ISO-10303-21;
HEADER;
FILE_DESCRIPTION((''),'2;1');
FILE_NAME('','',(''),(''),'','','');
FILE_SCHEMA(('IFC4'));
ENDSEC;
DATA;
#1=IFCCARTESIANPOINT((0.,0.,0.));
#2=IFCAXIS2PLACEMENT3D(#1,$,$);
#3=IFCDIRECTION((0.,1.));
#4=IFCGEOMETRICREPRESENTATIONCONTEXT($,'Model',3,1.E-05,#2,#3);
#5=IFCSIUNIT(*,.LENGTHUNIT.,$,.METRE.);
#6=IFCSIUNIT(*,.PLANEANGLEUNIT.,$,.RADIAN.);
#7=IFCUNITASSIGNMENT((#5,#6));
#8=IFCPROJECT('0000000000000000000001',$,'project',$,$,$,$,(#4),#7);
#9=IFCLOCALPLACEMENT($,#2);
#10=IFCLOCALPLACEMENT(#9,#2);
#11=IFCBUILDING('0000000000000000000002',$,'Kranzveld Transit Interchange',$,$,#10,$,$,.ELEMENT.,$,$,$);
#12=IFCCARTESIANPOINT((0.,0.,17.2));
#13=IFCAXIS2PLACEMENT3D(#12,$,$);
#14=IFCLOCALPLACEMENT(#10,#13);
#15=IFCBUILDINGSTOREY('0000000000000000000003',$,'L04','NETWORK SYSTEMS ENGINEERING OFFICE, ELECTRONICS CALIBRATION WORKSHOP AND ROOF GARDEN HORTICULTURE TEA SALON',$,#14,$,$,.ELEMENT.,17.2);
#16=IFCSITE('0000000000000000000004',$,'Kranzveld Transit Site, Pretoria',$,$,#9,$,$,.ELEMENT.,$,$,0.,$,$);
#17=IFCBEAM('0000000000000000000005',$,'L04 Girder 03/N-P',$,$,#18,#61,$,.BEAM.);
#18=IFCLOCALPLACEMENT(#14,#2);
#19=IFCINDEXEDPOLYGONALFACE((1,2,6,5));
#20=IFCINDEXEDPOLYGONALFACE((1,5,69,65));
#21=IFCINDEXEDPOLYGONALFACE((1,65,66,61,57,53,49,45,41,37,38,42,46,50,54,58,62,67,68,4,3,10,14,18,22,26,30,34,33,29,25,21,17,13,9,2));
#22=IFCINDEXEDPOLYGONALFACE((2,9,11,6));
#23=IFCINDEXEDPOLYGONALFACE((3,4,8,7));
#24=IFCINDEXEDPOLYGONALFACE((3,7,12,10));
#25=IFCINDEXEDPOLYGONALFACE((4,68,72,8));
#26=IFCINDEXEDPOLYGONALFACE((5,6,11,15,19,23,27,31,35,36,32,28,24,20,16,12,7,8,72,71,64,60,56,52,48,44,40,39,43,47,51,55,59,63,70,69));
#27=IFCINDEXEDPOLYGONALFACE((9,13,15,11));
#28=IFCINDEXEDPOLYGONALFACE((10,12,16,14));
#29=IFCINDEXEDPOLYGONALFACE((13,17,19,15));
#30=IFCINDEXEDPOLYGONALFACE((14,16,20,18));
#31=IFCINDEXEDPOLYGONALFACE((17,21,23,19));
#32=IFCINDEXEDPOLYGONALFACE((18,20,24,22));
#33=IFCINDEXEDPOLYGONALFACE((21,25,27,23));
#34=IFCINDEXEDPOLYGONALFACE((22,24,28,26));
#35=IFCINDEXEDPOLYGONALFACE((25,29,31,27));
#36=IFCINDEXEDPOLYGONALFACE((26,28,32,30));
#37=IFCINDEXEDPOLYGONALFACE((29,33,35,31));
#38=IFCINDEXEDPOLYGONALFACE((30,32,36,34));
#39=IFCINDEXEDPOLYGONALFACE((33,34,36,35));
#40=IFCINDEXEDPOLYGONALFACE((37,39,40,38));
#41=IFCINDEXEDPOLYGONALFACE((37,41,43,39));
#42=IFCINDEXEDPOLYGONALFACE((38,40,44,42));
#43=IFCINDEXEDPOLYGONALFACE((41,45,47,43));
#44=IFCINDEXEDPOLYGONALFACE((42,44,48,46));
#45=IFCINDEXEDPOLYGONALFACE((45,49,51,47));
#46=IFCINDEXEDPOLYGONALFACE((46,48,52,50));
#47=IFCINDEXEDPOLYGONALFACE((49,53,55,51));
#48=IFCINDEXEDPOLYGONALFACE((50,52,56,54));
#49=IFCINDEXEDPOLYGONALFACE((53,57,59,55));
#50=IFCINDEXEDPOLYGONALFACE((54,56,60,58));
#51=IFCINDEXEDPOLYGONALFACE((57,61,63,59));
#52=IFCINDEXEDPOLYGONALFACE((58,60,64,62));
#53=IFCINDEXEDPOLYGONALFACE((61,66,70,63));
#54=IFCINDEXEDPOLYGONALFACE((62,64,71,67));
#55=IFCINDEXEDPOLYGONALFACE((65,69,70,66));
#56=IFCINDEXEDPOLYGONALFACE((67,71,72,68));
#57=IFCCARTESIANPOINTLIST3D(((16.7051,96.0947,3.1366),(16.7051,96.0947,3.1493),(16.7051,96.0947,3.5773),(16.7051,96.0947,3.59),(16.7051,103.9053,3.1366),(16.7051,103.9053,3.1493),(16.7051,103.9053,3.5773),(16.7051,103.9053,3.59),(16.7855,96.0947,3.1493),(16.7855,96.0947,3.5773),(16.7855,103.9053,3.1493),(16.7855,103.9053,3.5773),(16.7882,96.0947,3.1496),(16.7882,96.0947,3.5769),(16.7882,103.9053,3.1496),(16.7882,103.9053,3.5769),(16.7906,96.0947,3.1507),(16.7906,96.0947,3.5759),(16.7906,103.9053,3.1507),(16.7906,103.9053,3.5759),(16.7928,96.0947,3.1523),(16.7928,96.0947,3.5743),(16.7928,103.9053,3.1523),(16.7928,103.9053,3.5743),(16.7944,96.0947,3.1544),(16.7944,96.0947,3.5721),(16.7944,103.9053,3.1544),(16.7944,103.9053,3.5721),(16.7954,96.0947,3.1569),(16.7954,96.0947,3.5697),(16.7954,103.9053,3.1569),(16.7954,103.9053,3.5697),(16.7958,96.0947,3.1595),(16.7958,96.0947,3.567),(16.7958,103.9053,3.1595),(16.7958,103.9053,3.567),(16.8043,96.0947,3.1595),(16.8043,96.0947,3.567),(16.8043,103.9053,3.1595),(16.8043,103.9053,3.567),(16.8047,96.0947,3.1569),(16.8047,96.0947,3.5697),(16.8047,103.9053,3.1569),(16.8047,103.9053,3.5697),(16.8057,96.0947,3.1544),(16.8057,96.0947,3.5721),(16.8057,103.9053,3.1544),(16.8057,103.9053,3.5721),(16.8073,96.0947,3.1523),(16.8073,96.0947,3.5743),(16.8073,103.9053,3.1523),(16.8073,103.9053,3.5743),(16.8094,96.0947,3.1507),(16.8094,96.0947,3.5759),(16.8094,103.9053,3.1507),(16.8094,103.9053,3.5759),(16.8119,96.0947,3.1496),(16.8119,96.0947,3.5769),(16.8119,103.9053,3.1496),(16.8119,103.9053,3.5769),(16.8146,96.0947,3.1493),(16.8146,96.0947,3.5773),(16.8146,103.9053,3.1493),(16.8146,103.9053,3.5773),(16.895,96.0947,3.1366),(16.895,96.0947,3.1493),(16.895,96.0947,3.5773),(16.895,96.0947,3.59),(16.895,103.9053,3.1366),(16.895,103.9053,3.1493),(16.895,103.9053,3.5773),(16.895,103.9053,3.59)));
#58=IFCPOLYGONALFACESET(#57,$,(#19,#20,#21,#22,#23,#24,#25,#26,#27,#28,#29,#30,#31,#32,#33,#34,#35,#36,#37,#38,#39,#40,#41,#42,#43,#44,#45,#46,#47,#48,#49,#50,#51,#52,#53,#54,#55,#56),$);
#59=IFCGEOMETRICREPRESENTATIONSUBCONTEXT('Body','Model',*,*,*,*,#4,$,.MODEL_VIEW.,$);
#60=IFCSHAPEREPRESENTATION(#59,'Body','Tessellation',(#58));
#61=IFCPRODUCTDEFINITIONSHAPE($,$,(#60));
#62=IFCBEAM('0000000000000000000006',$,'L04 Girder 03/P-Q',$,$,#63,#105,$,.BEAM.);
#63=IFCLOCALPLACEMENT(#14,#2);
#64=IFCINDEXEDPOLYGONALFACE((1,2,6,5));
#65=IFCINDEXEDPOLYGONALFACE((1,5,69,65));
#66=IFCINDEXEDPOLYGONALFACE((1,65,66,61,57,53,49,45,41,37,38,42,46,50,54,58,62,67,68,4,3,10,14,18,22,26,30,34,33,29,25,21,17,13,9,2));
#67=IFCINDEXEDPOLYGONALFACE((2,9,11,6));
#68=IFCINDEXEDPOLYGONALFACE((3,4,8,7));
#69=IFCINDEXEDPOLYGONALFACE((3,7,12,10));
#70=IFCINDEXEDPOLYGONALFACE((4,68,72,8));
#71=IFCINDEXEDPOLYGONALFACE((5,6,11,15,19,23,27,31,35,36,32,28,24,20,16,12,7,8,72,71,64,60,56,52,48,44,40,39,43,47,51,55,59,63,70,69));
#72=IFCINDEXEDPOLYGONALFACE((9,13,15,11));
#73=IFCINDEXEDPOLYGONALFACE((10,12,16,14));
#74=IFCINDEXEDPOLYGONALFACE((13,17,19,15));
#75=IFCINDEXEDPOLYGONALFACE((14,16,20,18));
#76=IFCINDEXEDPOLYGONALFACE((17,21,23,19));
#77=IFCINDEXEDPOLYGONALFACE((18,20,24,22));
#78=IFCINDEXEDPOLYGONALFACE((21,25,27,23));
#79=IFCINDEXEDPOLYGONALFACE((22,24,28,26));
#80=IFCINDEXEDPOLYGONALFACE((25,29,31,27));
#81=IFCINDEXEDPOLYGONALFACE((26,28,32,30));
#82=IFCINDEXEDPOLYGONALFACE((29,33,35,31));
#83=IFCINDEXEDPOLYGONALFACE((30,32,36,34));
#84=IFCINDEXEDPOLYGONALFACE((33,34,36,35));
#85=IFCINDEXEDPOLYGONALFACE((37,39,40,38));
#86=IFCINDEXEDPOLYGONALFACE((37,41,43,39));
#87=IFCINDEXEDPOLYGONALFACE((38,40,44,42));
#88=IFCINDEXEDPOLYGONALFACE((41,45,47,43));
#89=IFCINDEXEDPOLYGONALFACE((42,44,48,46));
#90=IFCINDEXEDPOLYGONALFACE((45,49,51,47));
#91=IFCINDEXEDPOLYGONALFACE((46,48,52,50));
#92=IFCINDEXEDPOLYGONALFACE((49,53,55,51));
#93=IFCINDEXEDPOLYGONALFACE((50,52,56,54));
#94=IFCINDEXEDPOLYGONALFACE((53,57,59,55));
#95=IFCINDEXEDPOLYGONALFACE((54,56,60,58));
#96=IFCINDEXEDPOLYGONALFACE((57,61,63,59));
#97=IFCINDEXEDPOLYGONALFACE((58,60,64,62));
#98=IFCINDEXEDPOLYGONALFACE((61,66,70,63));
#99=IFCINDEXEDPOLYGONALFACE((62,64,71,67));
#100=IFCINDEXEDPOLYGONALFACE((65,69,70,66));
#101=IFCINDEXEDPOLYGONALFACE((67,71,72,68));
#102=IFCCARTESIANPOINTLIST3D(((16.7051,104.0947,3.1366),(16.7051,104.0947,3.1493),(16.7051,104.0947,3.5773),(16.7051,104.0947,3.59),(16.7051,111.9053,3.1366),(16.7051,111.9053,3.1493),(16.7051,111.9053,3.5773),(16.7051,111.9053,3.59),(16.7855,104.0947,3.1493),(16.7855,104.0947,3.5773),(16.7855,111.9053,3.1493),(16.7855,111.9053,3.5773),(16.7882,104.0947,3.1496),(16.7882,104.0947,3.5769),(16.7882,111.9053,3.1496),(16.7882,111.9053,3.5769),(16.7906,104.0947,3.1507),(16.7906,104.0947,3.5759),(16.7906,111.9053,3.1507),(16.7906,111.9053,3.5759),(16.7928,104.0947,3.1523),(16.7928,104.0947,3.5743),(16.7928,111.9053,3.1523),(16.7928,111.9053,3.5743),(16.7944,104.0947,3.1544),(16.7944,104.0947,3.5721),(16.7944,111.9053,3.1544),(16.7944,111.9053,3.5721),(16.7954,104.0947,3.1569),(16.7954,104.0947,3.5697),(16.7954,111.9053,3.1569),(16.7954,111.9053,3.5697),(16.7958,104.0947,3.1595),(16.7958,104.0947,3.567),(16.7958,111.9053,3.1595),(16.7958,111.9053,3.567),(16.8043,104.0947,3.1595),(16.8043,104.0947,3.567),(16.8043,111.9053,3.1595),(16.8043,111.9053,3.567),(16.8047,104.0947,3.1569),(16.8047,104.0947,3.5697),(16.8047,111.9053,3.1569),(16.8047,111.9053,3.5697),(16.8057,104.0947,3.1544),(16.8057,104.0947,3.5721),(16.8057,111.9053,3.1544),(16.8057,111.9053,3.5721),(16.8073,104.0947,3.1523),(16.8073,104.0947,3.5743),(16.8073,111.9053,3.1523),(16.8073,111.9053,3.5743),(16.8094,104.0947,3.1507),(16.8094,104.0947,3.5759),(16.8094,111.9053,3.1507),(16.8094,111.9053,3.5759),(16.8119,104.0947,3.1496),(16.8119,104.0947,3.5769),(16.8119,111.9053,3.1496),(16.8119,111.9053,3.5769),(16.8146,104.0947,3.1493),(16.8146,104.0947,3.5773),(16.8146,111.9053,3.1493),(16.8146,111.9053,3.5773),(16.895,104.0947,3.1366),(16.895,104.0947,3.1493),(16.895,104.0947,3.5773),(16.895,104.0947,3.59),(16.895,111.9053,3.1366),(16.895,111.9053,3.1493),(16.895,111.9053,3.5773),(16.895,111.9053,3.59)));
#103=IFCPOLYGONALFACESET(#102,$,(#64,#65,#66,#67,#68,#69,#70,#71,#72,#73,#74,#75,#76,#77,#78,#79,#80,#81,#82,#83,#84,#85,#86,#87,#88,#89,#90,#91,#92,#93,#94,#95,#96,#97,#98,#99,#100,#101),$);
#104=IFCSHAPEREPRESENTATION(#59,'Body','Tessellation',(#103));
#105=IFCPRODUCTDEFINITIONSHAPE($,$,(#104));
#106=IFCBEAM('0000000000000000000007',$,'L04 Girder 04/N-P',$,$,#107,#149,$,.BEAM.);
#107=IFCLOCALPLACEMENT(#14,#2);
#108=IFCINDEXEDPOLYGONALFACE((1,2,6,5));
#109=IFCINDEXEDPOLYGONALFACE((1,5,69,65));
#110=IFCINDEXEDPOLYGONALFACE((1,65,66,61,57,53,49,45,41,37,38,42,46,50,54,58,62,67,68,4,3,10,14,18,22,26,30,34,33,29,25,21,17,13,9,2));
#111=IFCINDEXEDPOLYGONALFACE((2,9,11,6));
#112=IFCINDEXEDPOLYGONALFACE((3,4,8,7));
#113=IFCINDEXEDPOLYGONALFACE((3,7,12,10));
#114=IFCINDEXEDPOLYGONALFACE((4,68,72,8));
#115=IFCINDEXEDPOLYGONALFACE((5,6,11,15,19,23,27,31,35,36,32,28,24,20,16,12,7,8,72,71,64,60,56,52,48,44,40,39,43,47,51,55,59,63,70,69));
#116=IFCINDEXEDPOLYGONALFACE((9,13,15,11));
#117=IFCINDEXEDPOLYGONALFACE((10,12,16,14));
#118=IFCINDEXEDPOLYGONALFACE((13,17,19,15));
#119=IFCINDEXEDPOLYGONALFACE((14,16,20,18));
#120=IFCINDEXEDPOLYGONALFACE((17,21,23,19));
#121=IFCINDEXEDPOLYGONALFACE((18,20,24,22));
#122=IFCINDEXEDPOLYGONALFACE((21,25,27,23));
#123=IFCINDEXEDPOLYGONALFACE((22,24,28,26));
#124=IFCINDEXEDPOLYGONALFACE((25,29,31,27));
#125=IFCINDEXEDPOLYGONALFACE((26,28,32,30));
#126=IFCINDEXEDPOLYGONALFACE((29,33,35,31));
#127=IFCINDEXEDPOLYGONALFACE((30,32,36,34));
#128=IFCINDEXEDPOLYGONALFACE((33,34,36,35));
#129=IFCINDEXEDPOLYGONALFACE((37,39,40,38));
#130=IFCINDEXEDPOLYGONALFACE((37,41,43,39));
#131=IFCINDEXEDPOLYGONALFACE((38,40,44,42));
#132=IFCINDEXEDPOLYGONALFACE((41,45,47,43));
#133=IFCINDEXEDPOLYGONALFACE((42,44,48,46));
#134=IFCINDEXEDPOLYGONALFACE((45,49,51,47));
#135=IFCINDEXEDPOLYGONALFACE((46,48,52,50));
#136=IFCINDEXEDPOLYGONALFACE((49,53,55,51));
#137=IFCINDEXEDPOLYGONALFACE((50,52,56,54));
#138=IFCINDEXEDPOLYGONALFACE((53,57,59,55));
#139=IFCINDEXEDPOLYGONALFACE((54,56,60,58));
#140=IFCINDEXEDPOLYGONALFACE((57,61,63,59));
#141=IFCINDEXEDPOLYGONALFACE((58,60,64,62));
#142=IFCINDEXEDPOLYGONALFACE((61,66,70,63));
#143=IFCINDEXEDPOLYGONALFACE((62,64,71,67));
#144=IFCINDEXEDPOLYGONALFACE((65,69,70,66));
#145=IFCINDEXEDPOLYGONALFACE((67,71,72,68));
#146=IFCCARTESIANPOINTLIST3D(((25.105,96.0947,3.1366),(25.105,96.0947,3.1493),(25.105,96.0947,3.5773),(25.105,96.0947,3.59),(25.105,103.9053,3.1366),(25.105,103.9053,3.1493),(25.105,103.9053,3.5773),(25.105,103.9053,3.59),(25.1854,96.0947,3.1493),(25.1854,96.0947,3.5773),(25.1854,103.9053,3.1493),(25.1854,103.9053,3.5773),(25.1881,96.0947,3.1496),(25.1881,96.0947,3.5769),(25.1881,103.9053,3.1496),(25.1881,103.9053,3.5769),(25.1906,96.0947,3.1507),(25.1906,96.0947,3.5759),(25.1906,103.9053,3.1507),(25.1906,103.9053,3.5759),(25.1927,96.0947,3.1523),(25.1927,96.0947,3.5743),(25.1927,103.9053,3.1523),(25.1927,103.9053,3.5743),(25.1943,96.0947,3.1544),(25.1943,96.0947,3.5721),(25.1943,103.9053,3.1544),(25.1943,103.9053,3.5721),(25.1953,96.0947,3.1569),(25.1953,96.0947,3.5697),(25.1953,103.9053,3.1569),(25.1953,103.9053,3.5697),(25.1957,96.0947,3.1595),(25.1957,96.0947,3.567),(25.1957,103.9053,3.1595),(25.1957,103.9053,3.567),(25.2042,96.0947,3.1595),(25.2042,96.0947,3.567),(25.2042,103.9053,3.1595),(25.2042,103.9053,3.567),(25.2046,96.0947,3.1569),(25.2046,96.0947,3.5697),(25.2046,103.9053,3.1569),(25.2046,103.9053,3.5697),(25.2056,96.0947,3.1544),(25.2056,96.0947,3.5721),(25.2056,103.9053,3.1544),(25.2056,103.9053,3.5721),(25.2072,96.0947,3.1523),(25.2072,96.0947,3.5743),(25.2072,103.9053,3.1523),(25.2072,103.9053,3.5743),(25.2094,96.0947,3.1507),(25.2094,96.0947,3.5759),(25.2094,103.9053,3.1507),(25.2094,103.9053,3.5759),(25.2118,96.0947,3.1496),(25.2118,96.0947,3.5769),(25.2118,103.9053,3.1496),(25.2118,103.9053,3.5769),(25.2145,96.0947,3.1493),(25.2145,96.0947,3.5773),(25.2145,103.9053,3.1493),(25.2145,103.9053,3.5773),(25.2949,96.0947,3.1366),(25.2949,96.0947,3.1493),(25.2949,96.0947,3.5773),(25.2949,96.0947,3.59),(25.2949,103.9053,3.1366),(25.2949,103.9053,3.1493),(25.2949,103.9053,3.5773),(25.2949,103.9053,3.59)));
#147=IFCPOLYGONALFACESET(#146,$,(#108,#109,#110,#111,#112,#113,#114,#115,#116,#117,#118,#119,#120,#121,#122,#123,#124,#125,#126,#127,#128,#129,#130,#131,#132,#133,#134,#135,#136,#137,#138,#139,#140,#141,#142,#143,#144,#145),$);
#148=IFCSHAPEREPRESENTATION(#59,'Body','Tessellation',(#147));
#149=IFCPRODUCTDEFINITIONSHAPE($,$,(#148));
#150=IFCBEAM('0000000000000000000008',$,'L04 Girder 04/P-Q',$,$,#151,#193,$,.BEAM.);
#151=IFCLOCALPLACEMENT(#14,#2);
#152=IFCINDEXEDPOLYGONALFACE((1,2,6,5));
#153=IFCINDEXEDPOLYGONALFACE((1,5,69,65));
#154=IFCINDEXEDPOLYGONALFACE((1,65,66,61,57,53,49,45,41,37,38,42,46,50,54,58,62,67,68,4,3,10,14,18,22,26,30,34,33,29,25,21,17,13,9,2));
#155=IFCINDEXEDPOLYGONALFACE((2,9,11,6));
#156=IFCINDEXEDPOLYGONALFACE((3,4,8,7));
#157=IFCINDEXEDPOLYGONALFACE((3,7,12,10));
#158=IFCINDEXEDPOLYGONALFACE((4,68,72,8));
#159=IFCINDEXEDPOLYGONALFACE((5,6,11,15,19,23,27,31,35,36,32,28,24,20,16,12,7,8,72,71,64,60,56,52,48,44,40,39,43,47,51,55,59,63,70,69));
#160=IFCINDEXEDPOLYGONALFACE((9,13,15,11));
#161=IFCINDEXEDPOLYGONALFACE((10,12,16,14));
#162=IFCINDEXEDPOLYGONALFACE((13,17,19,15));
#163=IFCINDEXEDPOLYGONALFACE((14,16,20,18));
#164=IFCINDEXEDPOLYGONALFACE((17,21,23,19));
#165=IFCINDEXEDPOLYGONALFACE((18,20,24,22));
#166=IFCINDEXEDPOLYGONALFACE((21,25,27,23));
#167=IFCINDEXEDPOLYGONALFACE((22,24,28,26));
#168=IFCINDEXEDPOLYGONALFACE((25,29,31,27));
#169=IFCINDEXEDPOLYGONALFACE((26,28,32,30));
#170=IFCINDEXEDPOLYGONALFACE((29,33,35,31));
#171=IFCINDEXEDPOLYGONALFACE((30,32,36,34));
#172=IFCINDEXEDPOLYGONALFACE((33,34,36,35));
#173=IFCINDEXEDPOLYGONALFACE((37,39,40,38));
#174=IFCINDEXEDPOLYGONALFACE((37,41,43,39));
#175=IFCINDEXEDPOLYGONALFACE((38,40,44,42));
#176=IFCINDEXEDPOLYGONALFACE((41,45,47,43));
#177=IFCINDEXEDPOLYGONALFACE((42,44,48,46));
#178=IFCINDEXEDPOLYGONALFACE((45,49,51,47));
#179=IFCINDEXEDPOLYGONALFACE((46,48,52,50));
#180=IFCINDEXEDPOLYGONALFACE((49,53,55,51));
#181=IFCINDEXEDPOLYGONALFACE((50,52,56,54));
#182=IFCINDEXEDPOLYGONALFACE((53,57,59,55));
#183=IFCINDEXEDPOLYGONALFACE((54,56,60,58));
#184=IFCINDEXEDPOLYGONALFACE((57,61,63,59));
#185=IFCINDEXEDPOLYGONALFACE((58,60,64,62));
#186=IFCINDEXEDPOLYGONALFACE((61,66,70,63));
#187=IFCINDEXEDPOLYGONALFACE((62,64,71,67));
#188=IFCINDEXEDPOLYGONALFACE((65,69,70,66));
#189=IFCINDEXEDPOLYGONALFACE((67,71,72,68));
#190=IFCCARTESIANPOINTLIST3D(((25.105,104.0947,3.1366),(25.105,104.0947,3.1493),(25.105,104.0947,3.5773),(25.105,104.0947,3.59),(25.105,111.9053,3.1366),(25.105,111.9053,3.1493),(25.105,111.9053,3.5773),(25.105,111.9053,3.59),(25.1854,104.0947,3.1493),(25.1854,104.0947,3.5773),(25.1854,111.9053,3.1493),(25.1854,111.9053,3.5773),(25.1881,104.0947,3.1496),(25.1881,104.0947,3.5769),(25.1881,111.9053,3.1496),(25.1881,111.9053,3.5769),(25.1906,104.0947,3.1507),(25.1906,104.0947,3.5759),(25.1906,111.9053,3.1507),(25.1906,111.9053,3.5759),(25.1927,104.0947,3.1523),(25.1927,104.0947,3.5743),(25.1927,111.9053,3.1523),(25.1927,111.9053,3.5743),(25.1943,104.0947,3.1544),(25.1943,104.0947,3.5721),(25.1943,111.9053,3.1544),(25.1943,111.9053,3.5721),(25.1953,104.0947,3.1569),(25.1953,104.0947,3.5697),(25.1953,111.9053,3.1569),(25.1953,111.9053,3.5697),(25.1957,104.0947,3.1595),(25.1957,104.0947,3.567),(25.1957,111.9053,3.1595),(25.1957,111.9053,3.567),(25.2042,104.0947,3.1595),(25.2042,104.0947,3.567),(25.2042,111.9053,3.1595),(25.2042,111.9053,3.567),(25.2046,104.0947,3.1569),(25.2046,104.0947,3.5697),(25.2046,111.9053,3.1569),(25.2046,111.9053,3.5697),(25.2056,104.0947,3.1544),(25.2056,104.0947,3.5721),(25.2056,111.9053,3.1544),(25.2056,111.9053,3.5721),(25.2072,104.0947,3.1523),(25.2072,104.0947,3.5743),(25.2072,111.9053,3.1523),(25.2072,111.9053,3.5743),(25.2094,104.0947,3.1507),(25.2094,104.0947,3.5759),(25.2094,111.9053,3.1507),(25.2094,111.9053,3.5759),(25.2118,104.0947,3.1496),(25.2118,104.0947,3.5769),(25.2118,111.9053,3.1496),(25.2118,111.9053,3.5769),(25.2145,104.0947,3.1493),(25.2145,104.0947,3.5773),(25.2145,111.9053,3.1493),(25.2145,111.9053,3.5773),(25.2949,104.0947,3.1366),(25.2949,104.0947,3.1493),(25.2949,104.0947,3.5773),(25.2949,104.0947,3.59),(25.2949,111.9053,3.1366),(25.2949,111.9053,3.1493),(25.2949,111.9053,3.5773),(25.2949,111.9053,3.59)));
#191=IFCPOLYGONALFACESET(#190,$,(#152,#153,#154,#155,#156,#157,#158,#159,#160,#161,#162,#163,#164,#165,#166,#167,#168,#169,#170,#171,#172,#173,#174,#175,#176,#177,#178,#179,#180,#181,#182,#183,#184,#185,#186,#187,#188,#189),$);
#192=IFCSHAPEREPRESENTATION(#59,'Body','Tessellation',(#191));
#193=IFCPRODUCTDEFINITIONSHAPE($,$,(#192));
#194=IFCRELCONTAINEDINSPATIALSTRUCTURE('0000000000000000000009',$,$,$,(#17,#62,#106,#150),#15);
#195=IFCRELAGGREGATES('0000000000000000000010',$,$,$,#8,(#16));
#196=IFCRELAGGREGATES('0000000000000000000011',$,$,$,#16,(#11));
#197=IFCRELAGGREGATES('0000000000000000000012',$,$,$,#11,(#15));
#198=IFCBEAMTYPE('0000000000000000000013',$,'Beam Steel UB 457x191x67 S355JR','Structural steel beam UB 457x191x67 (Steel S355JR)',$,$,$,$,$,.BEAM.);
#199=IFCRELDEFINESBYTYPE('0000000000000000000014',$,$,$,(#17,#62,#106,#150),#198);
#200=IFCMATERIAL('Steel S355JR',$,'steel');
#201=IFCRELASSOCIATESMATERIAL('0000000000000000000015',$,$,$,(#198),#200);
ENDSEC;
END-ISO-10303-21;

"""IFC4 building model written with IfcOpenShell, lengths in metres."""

from ifc_helpers import new_model, si_unit, direction, frame, origin, origin_2d, place, context, subcontext, project, spatial, i_section, extrude, material, material_profile, profile_set, type_object, element, save


model = new_model("IFC4")

# Units and contexts
model_context = context("Model", 3, precision=1e-05, world=origin(), true_north=direction((0.0, 1.0)))
body_context = subcontext(model_context, "Body", "Model", "MODEL_VIEW")
ifc_project = project(units=[si_unit("LENGTHUNIT", "METRE"), si_unit("PLANEANGLEUNIT", "RADIAN")], contexts=[model_context])

# Site, building, storey
site_placement = place(None, origin())
site = spatial("IfcSite", under=ifc_project, at=site_placement, Name="Kranzveld Transit Site, Pretoria", CompositionType="ELEMENT", RefElevation=0.0)
building_placement = place(site_placement, origin())
building = spatial("IfcBuilding", under=site, at=building_placement, Name="Kranzveld Transit Interchange", CompositionType="ELEMENT")
storey_placement = place(building_placement, frame((0.0, 0.0, 17.2)))
storey = spatial("IfcBuildingStorey", under=building, at=storey_placement, Name="L04", Description="NETWORK SYSTEMS ENGINEERING OFFICE, ELECTRONICS CALIBRATION WORKSHOP AND ROOF GARDEN HORTICULTURE TEA SALON", CompositionType="ELEMENT", Elevation=17.2)

# Beams
ifc_material_1 = material(Name="Steel S355JR", Category="steel")
ifc_material_profile_1 = material_profile(ifc_material_1, i_section(OverallWidth=0.1899, OverallDepth=0.4534, WebThickness=0.0085, FlangeThickness=0.0127, FilletRadius=0.0103, at=origin_2d()), Name="UB 457x191x67")
ifc_profile_set_1 = profile_set([ifc_material_profile_1], Name="Steel S355JR")
beam_type_1 = type_object("IfcBeamType", Name="Beam Steel UB 457x191x67 S355JR", Description="Structural steel beam UB 457x191x67 (Steel S355JR)", PredefinedType="BEAM", material=ifc_profile_set_1)
for number, where, z_axis, x_axis, name in (
    (1, (16.8, 96.0947, 3.3633), (0.0, 1.0, 0.0), (-1.0, 0.0, 0.0), "L04 Girder 03/N-P"),
    (2, (16.8, 104.0947, 3.3633), (0.0, 1.0, 0.0), (-1.0, 0.0, 0.0), "L04 Girder 03/P-Q"),
    (3, (25.2, 96.0947, 3.3633), (0.0, 1.0, 0.0), (-1.0, 0.0, 0.0), "L04 Girder 04/N-P"),
    (4, (25.2, 104.0947, 3.3633), (0.0, 1.0, 0.0), (-1.0, 0.0, 0.0), "L04 Girder 04/P-Q"),
):
    element("IfcBeam", number, at=place(storey_placement, frame(where, z_axis=z_axis, x_axis=x_axis)), inside=storey, type_object=beam_type_1, Name=name, PredefinedType="BEAM", context=body_context, shape_type="SweptSolid", body=[
        extrude(i_section(OverallWidth=0.1899, OverallDepth=0.4534, WebThickness=0.0085, FlangeThickness=0.0127, FilletRadius=0.0103, at=origin_2d()), origin(), (0.0, 0.0, 1.0), 7.8105),
    ])

save(model, "model.ifc")
